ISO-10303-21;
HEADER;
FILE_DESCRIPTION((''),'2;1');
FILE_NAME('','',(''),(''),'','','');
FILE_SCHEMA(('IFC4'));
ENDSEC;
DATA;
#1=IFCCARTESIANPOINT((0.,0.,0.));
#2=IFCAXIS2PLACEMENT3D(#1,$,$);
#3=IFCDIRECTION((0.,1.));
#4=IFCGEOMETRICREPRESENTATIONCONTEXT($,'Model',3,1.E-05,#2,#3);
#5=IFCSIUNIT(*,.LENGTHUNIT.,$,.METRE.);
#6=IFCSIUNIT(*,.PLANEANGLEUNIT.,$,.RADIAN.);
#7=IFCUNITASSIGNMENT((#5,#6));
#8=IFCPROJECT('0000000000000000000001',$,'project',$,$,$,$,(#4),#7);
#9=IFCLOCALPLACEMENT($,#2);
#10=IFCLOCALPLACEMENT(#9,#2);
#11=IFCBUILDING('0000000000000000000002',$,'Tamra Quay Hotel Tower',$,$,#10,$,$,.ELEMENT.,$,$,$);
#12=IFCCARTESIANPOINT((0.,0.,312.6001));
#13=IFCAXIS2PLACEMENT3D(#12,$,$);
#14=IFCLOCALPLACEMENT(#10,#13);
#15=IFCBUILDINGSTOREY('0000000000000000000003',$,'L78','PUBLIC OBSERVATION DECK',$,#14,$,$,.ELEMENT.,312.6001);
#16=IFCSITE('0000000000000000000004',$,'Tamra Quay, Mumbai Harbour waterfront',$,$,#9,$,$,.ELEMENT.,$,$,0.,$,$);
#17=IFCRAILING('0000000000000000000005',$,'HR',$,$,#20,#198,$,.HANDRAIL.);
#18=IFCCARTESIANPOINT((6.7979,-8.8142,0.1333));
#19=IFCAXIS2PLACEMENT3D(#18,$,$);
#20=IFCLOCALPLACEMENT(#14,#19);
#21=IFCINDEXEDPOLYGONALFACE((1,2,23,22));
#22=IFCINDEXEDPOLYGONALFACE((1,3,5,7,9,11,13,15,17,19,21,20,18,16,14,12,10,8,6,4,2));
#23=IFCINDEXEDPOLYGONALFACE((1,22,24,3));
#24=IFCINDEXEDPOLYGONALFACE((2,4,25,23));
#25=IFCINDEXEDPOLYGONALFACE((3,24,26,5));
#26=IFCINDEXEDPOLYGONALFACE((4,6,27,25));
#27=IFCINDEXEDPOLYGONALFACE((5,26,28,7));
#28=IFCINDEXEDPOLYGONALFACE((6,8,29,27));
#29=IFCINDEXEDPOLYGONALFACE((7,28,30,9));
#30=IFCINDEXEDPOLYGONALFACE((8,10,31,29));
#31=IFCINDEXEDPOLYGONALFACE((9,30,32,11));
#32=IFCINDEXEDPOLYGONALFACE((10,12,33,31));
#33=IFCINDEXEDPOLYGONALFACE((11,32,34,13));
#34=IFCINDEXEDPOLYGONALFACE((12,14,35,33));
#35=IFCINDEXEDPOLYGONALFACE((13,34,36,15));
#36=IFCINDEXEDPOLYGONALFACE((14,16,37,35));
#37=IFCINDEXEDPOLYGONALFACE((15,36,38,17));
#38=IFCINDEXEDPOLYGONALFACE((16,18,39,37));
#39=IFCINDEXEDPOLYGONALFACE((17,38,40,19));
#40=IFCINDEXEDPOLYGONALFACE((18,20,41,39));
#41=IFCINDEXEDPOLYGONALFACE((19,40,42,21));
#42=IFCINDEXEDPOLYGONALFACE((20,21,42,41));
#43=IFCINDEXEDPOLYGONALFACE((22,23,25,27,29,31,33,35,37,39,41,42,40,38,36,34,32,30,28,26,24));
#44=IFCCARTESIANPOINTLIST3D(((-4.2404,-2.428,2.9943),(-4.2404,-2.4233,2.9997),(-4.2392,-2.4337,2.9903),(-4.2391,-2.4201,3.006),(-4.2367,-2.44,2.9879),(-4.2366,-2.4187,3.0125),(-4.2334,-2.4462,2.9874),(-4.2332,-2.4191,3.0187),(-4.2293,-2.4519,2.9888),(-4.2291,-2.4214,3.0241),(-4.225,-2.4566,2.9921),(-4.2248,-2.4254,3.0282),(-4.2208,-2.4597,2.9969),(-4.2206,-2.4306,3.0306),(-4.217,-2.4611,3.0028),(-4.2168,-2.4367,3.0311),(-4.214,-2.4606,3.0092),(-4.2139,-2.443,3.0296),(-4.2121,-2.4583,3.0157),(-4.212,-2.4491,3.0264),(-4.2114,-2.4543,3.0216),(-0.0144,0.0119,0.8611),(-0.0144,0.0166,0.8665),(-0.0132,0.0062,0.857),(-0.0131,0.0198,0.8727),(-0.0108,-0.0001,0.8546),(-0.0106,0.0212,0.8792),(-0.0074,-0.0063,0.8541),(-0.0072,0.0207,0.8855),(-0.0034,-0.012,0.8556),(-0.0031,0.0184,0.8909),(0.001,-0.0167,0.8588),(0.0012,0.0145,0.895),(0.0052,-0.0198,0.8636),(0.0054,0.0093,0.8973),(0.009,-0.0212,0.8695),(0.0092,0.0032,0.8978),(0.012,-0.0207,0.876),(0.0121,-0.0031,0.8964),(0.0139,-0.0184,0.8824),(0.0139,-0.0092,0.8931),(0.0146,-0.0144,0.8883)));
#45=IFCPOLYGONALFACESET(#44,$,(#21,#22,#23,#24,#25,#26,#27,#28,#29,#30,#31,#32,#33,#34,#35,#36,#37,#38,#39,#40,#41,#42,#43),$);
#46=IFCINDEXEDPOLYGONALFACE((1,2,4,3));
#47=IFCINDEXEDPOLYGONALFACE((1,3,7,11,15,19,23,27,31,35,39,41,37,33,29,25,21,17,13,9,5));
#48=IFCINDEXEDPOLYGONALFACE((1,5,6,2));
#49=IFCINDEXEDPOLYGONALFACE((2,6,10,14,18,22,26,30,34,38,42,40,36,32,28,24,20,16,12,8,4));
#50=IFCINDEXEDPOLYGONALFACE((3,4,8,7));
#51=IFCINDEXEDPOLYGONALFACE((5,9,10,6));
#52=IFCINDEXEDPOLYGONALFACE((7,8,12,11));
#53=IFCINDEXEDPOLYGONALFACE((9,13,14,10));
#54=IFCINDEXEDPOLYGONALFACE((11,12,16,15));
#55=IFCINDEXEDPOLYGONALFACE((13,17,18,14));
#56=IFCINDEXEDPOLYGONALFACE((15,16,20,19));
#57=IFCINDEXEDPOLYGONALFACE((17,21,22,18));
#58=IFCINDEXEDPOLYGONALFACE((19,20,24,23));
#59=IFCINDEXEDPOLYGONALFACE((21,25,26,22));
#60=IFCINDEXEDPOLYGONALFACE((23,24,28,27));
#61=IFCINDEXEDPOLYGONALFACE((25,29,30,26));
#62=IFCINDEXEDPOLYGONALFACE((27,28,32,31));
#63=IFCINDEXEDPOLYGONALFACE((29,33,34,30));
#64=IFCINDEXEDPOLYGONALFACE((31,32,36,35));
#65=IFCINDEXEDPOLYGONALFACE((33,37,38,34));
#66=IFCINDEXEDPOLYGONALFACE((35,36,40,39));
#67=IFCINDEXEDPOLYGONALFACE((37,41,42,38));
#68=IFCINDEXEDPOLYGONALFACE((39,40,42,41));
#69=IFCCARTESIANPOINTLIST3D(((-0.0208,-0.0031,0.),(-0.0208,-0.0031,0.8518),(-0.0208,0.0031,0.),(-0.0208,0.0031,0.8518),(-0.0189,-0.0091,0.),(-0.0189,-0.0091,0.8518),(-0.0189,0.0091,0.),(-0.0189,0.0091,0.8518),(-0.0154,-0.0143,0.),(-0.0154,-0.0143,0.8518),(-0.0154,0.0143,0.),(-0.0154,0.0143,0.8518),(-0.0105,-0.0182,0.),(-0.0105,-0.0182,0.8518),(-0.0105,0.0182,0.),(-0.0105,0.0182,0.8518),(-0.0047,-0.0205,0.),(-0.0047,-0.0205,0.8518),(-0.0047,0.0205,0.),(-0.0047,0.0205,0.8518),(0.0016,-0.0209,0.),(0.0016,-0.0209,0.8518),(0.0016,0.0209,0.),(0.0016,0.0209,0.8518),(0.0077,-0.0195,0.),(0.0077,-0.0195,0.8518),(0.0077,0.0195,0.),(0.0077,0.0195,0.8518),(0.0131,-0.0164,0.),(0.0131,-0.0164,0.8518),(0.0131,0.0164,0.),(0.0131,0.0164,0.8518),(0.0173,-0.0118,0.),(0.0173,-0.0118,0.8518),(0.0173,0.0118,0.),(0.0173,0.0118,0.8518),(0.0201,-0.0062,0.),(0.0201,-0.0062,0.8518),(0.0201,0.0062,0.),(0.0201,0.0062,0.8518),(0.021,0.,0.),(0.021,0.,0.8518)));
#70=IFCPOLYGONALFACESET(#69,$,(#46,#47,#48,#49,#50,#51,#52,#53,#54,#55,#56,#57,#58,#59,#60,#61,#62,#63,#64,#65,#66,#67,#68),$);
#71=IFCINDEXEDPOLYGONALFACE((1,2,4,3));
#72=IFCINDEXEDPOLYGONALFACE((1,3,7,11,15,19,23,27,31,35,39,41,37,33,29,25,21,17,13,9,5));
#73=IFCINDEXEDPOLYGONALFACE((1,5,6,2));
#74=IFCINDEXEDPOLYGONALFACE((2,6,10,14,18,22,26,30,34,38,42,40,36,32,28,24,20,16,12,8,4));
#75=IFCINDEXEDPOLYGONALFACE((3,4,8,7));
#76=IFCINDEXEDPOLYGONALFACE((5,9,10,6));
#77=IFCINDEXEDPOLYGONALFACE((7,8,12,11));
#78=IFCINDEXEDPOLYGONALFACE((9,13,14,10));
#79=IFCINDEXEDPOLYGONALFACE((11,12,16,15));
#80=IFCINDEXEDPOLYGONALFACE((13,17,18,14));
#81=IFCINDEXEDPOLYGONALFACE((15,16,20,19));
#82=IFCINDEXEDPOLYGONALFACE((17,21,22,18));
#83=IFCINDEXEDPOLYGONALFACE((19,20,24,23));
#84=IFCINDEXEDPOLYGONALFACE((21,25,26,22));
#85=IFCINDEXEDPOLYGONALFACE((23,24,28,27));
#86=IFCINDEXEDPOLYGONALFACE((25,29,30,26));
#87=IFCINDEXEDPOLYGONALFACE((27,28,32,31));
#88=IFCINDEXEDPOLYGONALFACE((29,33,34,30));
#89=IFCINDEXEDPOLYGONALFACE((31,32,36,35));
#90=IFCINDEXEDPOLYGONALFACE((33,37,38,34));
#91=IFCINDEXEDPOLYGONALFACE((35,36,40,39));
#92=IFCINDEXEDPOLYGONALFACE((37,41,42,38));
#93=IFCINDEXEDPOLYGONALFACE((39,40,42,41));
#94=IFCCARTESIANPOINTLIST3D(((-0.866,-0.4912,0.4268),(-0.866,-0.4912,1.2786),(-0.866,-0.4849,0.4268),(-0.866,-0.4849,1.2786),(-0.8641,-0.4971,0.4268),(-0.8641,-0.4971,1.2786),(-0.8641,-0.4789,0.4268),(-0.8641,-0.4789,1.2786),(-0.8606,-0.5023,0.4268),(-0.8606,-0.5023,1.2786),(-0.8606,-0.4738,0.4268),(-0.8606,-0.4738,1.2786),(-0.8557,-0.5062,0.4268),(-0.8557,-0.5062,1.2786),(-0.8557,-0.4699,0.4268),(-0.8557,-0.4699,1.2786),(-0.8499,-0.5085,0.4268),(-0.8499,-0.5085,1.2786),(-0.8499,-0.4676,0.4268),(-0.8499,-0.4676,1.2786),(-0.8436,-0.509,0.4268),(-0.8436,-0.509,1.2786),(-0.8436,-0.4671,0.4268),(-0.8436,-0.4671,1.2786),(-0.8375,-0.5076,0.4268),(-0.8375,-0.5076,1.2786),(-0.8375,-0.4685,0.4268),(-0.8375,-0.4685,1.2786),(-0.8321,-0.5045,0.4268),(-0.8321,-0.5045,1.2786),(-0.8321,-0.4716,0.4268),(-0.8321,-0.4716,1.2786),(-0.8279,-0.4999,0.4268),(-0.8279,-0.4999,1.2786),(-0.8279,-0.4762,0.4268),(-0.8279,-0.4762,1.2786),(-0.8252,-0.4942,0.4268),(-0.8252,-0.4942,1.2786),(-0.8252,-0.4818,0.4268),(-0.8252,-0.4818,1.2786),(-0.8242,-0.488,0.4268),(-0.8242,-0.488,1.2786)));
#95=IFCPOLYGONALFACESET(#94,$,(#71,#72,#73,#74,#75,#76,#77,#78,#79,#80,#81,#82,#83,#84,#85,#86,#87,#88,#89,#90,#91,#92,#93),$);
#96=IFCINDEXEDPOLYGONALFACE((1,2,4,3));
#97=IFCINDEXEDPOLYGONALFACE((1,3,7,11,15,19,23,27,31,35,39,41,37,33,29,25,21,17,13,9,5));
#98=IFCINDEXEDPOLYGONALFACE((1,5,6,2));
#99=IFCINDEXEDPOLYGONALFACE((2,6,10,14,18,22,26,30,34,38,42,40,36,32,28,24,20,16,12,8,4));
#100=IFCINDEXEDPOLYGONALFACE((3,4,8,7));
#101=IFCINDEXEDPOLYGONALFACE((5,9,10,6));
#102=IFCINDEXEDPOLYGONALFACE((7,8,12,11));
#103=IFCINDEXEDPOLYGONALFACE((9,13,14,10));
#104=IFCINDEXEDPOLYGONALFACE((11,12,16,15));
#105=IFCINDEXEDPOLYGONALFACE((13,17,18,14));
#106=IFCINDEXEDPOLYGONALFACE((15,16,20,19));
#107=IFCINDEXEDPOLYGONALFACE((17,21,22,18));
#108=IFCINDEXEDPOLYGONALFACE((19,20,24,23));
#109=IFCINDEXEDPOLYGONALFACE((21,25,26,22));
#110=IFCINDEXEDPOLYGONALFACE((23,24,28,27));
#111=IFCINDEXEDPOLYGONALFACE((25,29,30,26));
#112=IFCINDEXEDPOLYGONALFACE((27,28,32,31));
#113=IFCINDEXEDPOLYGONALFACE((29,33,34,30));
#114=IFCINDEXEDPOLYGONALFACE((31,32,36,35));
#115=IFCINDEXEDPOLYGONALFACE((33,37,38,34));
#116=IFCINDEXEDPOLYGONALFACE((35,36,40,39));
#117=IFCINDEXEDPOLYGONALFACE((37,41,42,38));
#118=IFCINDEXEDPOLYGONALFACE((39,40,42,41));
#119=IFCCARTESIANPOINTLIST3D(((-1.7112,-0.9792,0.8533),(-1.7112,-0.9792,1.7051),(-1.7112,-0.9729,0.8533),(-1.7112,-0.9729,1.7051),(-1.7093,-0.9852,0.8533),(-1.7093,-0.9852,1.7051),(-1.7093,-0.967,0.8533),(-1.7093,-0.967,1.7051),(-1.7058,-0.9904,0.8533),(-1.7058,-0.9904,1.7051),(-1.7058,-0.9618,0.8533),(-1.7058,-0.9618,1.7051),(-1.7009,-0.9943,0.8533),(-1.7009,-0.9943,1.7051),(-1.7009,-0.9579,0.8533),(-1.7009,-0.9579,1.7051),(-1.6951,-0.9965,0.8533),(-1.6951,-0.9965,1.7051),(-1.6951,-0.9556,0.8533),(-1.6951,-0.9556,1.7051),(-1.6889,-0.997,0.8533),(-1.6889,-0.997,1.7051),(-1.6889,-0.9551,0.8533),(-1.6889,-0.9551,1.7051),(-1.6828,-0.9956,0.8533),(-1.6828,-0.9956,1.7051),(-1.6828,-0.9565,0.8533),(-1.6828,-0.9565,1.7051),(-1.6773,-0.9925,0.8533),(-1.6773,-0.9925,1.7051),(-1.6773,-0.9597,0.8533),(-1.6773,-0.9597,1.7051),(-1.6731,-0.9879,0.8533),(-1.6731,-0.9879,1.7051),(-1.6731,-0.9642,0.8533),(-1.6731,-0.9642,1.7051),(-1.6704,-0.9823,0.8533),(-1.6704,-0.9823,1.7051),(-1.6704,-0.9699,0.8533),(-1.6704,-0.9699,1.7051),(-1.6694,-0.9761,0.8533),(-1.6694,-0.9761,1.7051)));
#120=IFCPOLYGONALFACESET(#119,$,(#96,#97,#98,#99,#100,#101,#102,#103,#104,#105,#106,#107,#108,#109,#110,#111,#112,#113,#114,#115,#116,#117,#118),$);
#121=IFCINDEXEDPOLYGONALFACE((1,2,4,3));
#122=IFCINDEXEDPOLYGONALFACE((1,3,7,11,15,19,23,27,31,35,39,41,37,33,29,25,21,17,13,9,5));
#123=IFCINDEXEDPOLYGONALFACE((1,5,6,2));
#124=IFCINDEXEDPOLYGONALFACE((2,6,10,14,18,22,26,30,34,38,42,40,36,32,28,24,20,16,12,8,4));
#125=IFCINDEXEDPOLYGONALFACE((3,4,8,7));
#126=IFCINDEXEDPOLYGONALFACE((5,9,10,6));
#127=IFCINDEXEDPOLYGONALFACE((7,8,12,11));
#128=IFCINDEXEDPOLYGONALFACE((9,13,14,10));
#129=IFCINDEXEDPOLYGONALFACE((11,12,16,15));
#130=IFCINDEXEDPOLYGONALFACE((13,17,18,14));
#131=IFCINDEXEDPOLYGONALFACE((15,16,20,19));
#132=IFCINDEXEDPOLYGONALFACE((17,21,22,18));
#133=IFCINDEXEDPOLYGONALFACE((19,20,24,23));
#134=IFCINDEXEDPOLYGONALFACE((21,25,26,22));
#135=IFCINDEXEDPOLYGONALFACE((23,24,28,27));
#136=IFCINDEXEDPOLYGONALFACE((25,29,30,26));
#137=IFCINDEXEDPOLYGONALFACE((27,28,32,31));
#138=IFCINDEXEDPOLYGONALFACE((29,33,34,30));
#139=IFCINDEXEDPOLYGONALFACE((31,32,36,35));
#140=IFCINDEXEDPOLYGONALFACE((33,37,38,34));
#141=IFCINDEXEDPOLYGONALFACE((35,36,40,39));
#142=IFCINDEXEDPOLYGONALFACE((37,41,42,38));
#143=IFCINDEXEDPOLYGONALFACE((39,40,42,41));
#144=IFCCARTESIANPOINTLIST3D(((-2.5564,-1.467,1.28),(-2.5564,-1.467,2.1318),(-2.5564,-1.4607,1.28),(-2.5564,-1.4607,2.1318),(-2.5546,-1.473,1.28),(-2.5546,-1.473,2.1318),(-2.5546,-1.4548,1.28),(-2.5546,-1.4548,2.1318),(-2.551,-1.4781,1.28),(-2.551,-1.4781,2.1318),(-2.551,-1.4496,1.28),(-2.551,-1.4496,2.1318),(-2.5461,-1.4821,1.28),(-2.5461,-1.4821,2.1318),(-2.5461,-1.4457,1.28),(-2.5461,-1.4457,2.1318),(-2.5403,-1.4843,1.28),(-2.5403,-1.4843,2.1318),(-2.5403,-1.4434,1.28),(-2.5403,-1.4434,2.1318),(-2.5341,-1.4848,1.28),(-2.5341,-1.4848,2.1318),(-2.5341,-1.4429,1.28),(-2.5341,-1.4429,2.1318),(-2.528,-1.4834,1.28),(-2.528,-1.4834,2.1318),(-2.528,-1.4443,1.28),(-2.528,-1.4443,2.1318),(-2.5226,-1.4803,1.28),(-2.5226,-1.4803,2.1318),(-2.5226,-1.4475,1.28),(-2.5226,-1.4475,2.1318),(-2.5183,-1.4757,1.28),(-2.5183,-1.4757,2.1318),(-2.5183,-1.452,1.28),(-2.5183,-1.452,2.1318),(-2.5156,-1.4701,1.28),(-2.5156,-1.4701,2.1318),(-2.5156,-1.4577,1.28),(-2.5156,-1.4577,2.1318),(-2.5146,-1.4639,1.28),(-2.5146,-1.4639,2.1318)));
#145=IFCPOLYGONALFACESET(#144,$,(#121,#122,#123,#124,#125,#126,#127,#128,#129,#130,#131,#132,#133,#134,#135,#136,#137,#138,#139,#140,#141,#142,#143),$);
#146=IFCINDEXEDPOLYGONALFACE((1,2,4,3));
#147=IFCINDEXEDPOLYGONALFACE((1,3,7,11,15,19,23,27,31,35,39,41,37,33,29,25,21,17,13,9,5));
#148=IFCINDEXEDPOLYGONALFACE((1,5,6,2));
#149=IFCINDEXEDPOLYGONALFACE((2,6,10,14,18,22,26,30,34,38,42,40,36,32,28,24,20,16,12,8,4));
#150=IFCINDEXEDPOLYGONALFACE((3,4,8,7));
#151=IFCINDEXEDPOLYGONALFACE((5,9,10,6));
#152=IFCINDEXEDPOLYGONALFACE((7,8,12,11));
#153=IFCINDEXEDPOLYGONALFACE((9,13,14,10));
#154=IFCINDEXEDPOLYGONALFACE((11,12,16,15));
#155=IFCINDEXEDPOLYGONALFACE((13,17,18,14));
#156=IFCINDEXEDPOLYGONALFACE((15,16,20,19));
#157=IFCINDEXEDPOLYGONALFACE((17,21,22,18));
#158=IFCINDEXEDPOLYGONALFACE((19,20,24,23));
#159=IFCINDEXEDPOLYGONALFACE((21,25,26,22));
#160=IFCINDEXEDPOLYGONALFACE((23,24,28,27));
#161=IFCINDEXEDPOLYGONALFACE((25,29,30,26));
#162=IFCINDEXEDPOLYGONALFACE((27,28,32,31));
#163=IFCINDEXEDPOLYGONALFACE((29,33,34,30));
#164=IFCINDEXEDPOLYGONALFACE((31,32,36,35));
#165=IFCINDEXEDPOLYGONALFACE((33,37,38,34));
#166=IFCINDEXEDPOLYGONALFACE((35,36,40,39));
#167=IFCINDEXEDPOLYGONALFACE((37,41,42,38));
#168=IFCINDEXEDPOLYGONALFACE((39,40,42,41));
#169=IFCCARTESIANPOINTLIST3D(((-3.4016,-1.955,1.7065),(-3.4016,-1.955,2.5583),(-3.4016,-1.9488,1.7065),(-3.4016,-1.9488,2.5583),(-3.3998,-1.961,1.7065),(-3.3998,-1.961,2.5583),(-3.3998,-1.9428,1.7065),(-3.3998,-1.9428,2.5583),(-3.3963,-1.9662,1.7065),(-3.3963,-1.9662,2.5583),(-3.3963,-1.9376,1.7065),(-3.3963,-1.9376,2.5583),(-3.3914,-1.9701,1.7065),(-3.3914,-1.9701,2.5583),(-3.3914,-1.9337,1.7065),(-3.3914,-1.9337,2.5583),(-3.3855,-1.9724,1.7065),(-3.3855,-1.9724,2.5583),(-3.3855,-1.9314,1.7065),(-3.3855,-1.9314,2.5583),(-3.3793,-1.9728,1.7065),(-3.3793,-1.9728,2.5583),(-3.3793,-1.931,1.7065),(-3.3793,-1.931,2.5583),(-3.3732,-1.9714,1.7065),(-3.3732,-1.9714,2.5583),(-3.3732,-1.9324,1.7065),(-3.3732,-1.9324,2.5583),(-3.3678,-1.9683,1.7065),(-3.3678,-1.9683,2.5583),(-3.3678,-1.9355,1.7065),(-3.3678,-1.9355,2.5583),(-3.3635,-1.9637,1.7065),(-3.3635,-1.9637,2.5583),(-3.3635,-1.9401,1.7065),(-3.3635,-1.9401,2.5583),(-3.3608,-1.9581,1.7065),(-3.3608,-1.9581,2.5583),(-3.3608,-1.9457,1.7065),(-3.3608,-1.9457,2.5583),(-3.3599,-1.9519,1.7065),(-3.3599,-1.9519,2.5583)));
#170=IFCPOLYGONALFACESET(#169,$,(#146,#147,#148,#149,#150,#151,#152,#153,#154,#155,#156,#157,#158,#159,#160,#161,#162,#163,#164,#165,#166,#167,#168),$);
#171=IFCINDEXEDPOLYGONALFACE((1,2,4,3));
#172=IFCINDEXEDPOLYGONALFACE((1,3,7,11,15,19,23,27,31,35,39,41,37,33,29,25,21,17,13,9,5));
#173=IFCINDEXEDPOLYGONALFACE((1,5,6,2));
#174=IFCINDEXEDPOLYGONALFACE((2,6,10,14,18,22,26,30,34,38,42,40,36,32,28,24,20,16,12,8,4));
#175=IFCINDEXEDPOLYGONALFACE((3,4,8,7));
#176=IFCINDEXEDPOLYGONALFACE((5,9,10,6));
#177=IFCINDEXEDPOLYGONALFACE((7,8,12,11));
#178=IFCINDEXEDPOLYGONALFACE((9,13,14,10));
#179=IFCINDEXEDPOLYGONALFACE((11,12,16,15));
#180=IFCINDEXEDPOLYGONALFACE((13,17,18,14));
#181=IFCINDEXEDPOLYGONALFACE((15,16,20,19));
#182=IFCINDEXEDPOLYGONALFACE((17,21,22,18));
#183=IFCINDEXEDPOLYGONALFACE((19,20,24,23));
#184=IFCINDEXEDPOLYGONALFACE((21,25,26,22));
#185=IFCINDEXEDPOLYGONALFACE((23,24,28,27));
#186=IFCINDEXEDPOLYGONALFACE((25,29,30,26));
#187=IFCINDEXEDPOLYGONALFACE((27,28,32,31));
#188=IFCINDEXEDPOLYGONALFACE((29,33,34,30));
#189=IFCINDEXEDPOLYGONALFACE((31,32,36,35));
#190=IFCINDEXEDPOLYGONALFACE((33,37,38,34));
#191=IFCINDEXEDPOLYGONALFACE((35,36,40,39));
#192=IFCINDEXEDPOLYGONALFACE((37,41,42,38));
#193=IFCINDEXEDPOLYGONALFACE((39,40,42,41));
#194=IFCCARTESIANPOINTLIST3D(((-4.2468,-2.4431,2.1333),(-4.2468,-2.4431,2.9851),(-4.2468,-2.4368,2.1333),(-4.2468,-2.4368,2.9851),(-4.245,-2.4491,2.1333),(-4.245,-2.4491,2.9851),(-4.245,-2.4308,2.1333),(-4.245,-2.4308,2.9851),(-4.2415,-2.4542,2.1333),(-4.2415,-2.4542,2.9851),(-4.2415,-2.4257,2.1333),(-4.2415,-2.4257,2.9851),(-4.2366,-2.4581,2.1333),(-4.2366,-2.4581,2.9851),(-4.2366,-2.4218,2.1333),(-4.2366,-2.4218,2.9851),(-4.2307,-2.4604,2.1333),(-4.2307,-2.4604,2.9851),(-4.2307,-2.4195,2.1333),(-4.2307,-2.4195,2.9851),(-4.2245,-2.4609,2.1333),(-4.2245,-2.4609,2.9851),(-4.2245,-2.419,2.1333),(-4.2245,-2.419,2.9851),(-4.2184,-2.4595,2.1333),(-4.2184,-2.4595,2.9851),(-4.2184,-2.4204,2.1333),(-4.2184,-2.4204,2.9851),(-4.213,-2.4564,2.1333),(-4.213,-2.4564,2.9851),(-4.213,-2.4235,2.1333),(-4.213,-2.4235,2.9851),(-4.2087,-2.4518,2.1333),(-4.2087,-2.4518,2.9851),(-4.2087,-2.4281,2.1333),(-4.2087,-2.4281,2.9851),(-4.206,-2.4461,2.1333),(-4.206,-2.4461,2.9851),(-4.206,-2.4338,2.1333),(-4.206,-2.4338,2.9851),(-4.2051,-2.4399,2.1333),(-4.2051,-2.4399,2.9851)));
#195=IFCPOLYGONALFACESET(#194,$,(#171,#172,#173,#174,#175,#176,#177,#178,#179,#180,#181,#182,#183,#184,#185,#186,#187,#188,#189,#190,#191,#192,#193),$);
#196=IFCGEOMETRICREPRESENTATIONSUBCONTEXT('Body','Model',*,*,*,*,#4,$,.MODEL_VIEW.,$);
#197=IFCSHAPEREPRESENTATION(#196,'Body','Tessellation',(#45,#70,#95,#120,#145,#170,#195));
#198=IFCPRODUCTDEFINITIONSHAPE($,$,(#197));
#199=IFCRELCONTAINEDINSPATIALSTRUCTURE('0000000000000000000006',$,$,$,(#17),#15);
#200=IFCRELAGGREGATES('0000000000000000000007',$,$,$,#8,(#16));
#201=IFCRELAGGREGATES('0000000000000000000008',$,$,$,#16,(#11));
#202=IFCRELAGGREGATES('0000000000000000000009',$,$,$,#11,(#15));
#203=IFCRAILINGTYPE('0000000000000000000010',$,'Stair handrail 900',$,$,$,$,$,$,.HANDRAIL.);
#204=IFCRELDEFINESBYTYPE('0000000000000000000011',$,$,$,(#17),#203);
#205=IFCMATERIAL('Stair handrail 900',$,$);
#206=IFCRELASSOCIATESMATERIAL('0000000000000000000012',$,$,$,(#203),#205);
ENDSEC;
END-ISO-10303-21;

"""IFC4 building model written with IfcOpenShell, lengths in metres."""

from ifc_helpers import new_model, si_unit, direction, frame, origin, origin_2d, place, context, subcontext, project, spatial, circle, extrude, material, type_object, element, save


model = new_model("IFC4")

# Units and contexts
model_context = context("Model", 3, precision=1e-05, world=origin(), true_north=direction((0.0, 1.0)))
body_context = subcontext(model_context, "Body", "Model", "MODEL_VIEW")
ifc_project = project(units=[si_unit("LENGTHUNIT", "METRE"), si_unit("PLANEANGLEUNIT", "RADIAN")], contexts=[model_context])

# Site, building, storey
site_placement = place(None, origin())
site = spatial("IfcSite", under=ifc_project, at=site_placement, Name="Tamra Quay, Mumbai Harbour waterfront", CompositionType="ELEMENT", RefElevation=0.0)
building_placement = place(site_placement, origin())
building = spatial("IfcBuilding", under=site, at=building_placement, Name="Tamra Quay Hotel Tower", CompositionType="ELEMENT")
storey_placement = place(building_placement, frame((0.0, 0.0, 312.6001)))
storey = spatial("IfcBuildingStorey", under=building, at=storey_placement, Name="L78", Description="PUBLIC OBSERVATION DECK", CompositionType="ELEMENT", Elevation=312.6001)

# Railing
ifc_material_1 = material(Name="Stair handrail 900")
railing_type_1 = type_object("IfcRailingType", Name="Stair handrail 900", PredefinedType="HANDRAIL", material=ifc_material_1)
railing_1_placement = place(storey_placement, frame((6.7979, -8.8142, 0.1333)))
element("IfcRailing", 1, at=railing_1_placement, inside=storey, type_object=railing_type_1, Name="HR", PredefinedType="HANDRAIL", context=body_context, shape_type="SweptSolid", body=[
    extrude(circle(Radius=0.0239, at=origin_2d()), frame((0.0, 0.0, 0.876), z_axis=(-0.793512, -0.458137, 0.400561), x_axis=(0.500003, -0.866024, 0.0)), (0.0, 0.0, 1.0), 5.3257),
    extrude(circle(Radius=0.021, at=origin_2d()), origin(), (0.0, 0.0, 1.0), 0.8518),
    extrude(circle(Radius=0.021, at=origin_2d()), frame((-0.8452, -0.488, 0.4268)), (0.0, 0.0, 1.0), 0.8518),
    extrude(circle(Radius=0.021, at=origin_2d()), frame((-1.6904, -0.9761, 0.8533)), (0.0, 0.0, 1.0), 0.8518),
    extrude(circle(Radius=0.021, at=origin_2d()), frame((-2.5356, -1.4639, 1.28)), (0.0, 0.0, 1.0), 0.8518),
    extrude(circle(Radius=0.021, at=origin_2d()), frame((-3.3809, -1.9519, 1.7065)), (0.0, 0.0, 1.0), 0.8518),
    extrude(circle(Radius=0.021, at=origin_2d()), frame((-4.2261, -2.4399, 2.1333)), (0.0, 0.0, 1.0), 0.8518),
])

save(model, "model.ifc")
